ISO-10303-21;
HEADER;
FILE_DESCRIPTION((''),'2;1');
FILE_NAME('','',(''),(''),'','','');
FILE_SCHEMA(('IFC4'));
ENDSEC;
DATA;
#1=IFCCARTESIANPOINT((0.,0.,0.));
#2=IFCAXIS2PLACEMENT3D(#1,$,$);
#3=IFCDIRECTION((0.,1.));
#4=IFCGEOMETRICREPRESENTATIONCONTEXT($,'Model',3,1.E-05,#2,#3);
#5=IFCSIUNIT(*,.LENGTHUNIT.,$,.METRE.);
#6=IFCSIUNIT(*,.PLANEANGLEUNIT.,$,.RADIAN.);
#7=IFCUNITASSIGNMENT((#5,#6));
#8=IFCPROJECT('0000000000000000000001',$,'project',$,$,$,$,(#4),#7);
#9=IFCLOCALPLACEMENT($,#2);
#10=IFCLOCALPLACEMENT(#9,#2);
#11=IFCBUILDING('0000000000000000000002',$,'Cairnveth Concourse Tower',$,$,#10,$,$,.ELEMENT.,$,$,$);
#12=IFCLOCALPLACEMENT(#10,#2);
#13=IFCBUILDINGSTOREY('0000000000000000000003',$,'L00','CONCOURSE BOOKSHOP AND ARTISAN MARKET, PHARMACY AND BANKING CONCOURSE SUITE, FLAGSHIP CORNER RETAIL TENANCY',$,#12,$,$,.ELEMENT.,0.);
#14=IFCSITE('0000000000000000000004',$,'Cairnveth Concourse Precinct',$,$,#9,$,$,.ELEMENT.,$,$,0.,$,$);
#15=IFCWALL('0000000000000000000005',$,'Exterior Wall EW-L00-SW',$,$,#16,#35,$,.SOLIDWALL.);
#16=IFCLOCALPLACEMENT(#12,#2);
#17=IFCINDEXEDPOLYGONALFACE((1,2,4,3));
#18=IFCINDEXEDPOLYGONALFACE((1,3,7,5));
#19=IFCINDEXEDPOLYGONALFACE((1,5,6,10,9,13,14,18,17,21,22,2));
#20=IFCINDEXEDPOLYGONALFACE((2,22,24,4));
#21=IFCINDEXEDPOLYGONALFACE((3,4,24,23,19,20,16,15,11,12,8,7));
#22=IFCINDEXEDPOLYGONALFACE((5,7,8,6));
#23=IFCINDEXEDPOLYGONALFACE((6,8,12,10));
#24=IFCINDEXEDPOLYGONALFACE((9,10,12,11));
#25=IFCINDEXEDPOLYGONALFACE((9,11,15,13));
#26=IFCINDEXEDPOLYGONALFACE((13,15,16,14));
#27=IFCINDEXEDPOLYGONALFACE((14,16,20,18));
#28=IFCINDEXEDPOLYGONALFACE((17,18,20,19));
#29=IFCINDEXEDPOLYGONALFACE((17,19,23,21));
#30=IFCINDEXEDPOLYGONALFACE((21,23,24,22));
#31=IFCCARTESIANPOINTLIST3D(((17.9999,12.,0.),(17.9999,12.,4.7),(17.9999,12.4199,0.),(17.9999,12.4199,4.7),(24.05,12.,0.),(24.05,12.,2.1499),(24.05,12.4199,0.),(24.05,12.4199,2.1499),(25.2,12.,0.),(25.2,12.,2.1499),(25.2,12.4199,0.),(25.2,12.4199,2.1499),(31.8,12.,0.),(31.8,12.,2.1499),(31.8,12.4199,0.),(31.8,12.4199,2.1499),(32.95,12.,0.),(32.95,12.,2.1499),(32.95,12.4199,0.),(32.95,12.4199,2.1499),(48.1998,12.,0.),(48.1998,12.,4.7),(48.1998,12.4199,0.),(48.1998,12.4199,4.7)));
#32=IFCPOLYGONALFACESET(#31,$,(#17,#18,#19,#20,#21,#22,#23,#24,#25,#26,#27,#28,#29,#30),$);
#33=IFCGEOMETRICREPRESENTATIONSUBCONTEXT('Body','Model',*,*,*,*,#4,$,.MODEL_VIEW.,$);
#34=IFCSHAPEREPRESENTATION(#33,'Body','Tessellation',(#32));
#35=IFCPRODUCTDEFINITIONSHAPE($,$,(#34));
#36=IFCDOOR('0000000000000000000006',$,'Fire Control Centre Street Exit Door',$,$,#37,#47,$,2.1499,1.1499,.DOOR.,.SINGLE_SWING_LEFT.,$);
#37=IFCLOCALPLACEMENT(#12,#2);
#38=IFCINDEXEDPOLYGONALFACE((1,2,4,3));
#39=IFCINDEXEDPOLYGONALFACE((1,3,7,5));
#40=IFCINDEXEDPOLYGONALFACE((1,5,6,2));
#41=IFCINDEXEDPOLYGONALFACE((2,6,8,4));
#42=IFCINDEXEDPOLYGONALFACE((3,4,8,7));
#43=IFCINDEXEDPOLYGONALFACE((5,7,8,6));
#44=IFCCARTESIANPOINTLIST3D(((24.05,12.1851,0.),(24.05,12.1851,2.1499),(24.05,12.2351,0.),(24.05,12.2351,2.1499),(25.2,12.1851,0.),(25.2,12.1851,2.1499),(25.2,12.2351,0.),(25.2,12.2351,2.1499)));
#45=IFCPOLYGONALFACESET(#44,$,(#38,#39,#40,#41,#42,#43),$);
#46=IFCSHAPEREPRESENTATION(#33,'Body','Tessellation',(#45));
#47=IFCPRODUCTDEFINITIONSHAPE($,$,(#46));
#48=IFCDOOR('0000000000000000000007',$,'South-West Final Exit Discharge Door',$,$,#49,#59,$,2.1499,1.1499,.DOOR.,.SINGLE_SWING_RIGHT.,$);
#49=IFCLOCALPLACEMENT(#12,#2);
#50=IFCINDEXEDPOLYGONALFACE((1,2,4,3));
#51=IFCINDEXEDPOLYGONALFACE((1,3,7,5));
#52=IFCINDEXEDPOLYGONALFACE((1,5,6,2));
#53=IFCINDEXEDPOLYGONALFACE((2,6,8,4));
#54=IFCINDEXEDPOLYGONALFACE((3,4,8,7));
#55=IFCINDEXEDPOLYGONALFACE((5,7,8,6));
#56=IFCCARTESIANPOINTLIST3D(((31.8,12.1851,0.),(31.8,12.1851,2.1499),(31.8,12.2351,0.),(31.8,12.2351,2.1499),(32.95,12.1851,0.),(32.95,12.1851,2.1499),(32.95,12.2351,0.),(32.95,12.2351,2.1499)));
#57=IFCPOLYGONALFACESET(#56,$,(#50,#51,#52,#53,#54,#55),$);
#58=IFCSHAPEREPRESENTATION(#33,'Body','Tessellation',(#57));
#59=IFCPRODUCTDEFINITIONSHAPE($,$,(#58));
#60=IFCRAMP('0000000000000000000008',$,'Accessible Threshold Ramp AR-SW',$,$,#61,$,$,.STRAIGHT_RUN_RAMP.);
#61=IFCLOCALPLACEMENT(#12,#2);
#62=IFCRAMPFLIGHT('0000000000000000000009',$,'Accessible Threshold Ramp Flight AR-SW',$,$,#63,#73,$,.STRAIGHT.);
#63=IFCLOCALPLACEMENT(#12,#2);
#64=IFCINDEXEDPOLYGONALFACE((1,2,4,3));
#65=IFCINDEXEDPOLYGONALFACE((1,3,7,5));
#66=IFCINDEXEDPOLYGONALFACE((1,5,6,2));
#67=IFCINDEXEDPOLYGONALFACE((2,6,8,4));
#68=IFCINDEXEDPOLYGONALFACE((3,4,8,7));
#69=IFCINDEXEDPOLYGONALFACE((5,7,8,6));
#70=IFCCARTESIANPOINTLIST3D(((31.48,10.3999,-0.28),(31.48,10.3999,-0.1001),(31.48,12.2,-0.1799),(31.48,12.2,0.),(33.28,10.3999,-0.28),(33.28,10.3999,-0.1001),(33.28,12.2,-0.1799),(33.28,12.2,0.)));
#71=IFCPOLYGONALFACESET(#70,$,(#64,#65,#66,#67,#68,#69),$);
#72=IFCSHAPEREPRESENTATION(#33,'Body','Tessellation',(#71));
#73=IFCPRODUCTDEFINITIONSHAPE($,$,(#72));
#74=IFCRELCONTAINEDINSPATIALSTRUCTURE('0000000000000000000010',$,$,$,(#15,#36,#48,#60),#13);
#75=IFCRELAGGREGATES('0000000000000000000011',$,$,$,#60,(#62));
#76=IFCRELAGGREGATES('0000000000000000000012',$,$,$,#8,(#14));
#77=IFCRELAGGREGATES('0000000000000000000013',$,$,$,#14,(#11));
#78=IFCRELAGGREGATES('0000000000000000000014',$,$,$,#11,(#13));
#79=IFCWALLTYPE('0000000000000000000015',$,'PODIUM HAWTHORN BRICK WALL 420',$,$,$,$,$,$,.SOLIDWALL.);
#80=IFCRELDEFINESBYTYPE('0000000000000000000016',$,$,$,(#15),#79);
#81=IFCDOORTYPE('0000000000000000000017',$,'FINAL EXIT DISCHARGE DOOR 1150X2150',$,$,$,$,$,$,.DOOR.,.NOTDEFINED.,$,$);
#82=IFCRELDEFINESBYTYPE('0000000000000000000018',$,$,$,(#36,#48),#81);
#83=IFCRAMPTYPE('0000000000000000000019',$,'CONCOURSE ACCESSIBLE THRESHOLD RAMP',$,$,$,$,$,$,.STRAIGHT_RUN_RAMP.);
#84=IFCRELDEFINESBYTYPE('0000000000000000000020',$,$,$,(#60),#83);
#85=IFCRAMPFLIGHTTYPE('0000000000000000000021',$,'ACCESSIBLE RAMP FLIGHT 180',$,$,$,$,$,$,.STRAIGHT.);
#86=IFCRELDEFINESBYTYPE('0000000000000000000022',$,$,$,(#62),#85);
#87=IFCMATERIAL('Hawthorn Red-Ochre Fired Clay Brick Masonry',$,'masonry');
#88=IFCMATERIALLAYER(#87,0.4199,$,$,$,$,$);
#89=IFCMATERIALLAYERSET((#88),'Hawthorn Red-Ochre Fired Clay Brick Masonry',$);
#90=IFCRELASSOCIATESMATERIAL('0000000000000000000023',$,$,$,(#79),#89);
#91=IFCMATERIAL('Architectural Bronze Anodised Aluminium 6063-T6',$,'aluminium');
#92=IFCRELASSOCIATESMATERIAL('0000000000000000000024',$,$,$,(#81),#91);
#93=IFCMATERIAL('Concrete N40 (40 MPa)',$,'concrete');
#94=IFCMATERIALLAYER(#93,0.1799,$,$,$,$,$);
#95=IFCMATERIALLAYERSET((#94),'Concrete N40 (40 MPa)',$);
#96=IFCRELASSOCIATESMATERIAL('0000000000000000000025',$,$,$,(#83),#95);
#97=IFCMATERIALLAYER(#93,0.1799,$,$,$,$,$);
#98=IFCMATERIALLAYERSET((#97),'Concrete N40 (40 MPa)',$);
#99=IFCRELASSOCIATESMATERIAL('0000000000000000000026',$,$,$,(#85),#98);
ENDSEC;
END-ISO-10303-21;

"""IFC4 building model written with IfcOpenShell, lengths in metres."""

from ifc_helpers import new_model, si_unit, direction, frame, frame_2d, origin, place, context, subcontext, project, spatial, polyline, rectangle, outline, extrude, material, layer, layer_set, type_object, element, fill, aggregate, save


model = new_model("IFC4")

# Units and contexts
model_context = context("Model", 3, precision=1e-05, world=origin(), true_north=direction((0.0, 1.0)))
body_context = subcontext(model_context, "Body", "Model", "MODEL_VIEW")
ifc_project = project(units=[si_unit("LENGTHUNIT", "METRE"), si_unit("PLANEANGLEUNIT", "RADIAN")], contexts=[model_context])

# Site, building, storey
site_placement = place(None, origin())
site = spatial("IfcSite", under=ifc_project, at=site_placement, Name="Cairnveth Concourse Precinct", CompositionType="ELEMENT", RefElevation=0.0)
building_placement = place(site_placement, origin())
building = spatial("IfcBuilding", under=site, at=building_placement, Name="Cairnveth Concourse Tower", CompositionType="ELEMENT")
storey_placement = place(building_placement, origin())
storey = spatial("IfcBuildingStorey", under=building, at=storey_placement, Name="L00", Description="CONCOURSE BOOKSHOP AND ARTISAN MARKET, PHARMACY AND BANKING CONCOURSE SUITE, FLAGSHIP CORNER RETAIL TENANCY", CompositionType="ELEMENT", Elevation=0.0)

# Shared definitions
ifc_material_1 = material(Name="Architectural Bronze Anodised Aluminium 6063-T6", Category="aluminium")

# Wall, openings, doors
ifc_material_2 = material(Name="Hawthorn Red-Ochre Fired Clay Brick Masonry", Category="masonry")
ifc_layer_1 = layer(ifc_material_2, 0.4199)
ifc_layer_set_1 = layer_set([ifc_layer_1], Name="Hawthorn Red-Ochre Fired Clay Brick Masonry")
wall_type_1 = type_object("IfcWallType", Name="PODIUM HAWTHORN BRICK WALL 420", PredefinedType="SOLIDWALL", material=ifc_layer_set_1)
wall_1_placement = place(storey_placement, frame((48.2, 12.21, 0.0), z_axis=(0.0, 0.0, 1.0), x_axis=(-1.0, 0.0, 0.0)))
wall_1 = element("IfcWall", 1, at=wall_1_placement, inside=storey, type_object=wall_type_1, Name="Exterior Wall EW-L00-SW", PredefinedType="SOLIDWALL", context=body_context, shape_type="SweptSolid", body=[
    extrude(rectangle(XDim=30.2, YDim=0.4199, at=frame_2d((15.1001, 0.0))), origin(), (0.0, 0.0, 1.0), 4.7),
])
opening_1_placement = place(wall_1_placement, frame((23.0, 0.0, 0.0)))
opening_1 = element("IfcOpeningElement", 2, at=opening_1_placement, cuts=wall_1, PredefinedType="OPENING", context=body_context, shape_type="SweptSolid", body=[
    extrude(rectangle(XDim=1.1499, YDim=2.1499, at=frame_2d((0.575, 1.075))), frame((0.0, 0.22, 0.0), z_axis=(0.0, -1.0, 0.0), x_axis=(1.0, 0.0, 0.0)), (0.0, 0.0, 1.0), 0.4399),
])
opening_2_placement = place(wall_1_placement, frame((15.25, 0.0, 0.0)))
opening_2 = element("IfcOpeningElement", 3, at=opening_2_placement, cuts=wall_1, PredefinedType="OPENING", context=body_context, shape_type="SweptSolid", body=[
    extrude(rectangle(XDim=1.1499, YDim=2.1499, at=frame_2d((0.575, 1.075))), frame((0.0, 0.22, 0.0), z_axis=(0.0, -1.0, 0.0), x_axis=(1.0, 0.0, 0.0)), (0.0, 0.0, 1.0), 0.4399),
])
door_type_1 = type_object("IfcDoorType", Name="FINAL EXIT DISCHARGE DOOR 1150X2150", OperationType="NOTDEFINED", PredefinedType="DOOR", material=ifc_material_1)
door_1_placement = place(opening_1_placement, origin())
door_1 = element("IfcDoor", 4, at=door_1_placement, inside=storey, type_object=door_type_1, Name="Fire Control Centre Street Exit Door", OperationType="SINGLE_SWING_LEFT", OverallHeight=2.1499, OverallWidth=1.1499, PredefinedType="DOOR", context=body_context, shape_type="SweptSolid", body=[
    extrude(rectangle(XDim=1.1499, YDim=2.1499, at=frame_2d((0.575, 1.075))), frame((0.0, 0.0249, 0.0), z_axis=(0.0, -1.0, 0.0), x_axis=(1.0, 0.0, 0.0)), (0.0, 0.0, 1.0), 0.05),
])
fill(opening_1, door_1)
door_2_placement = place(opening_2_placement, origin())
door_2 = element("IfcDoor", 5, at=door_2_placement, inside=storey, type_object=door_type_1, Name="South-West Final Exit Discharge Door", OperationType="SINGLE_SWING_RIGHT", OverallHeight=2.1499, OverallWidth=1.1499, PredefinedType="DOOR", context=body_context, shape_type="SweptSolid", body=[
    extrude(rectangle(XDim=1.1499, YDim=2.1499, at=frame_2d((0.575, 1.075))), frame((0.0, 0.0249, 0.0), z_axis=(0.0, -1.0, 0.0), x_axis=(1.0, 0.0, 0.0)), (0.0, 0.0, 1.0), 0.05),
])
fill(opening_2, door_2)

# Ramp, ramp flight
ifc_material_3 = material(Name="Concrete N40 (40 MPa)", Category="concrete")
ifc_layer_2 = layer(ifc_material_3, 0.1799)
ifc_layer_set_2 = layer_set([ifc_layer_2], Name="Concrete N40 (40 MPa)")
ramp_type = type_object("IfcRampType", Name="CONCOURSE ACCESSIBLE THRESHOLD RAMP", PredefinedType="STRAIGHT_RUN_RAMP", material=ifc_layer_set_2)
ramp_placement = place(storey_placement, origin())
ramp = element("IfcRamp", 6, at=ramp_placement, inside=storey, type_object=ramp_type, Name="Accessible Threshold Ramp AR-SW", PredefinedType="STRAIGHT_RUN_RAMP")
ifc_layer_3 = layer(ifc_material_3, 0.1799)
ifc_layer_set_3 = layer_set([ifc_layer_3], Name="Concrete N40 (40 MPa)")
ramp_flight_type = type_object("IfcRampFlightType", Name="ACCESSIBLE RAMP FLIGHT 180", PredefinedType="STRAIGHT", material=ifc_layer_set_3)
ramp_flight_placement = place(storey_placement, frame((32.3799, 10.3999, -0.1001), z_axis=(0.0, 0.0, 1.0), x_axis=(0.0, 1.0, 0.0)))
ramp_flight = element("IfcRampFlight", 7, at=ramp_flight_placement, type_object=ramp_flight_type, Name="Accessible Threshold Ramp Flight AR-SW", PredefinedType="STRAIGHT", context=body_context, shape_type="SweptSolid", body=[
    extrude(outline(polyline([(0.0, 0.0), (1.8, 0.1001), (1.8, -0.0798), (0.0, -0.1799), (0.0, 0.0)])), frame((0.0, 0.8999, 0.0), z_axis=(0.0, -1.0, 0.0), x_axis=(1.0, 0.0, 0.0)), (0.0, 0.0, 1.0), 1.8),
])
aggregate(ramp, [ramp_flight])

save(model, "model.ifc")
